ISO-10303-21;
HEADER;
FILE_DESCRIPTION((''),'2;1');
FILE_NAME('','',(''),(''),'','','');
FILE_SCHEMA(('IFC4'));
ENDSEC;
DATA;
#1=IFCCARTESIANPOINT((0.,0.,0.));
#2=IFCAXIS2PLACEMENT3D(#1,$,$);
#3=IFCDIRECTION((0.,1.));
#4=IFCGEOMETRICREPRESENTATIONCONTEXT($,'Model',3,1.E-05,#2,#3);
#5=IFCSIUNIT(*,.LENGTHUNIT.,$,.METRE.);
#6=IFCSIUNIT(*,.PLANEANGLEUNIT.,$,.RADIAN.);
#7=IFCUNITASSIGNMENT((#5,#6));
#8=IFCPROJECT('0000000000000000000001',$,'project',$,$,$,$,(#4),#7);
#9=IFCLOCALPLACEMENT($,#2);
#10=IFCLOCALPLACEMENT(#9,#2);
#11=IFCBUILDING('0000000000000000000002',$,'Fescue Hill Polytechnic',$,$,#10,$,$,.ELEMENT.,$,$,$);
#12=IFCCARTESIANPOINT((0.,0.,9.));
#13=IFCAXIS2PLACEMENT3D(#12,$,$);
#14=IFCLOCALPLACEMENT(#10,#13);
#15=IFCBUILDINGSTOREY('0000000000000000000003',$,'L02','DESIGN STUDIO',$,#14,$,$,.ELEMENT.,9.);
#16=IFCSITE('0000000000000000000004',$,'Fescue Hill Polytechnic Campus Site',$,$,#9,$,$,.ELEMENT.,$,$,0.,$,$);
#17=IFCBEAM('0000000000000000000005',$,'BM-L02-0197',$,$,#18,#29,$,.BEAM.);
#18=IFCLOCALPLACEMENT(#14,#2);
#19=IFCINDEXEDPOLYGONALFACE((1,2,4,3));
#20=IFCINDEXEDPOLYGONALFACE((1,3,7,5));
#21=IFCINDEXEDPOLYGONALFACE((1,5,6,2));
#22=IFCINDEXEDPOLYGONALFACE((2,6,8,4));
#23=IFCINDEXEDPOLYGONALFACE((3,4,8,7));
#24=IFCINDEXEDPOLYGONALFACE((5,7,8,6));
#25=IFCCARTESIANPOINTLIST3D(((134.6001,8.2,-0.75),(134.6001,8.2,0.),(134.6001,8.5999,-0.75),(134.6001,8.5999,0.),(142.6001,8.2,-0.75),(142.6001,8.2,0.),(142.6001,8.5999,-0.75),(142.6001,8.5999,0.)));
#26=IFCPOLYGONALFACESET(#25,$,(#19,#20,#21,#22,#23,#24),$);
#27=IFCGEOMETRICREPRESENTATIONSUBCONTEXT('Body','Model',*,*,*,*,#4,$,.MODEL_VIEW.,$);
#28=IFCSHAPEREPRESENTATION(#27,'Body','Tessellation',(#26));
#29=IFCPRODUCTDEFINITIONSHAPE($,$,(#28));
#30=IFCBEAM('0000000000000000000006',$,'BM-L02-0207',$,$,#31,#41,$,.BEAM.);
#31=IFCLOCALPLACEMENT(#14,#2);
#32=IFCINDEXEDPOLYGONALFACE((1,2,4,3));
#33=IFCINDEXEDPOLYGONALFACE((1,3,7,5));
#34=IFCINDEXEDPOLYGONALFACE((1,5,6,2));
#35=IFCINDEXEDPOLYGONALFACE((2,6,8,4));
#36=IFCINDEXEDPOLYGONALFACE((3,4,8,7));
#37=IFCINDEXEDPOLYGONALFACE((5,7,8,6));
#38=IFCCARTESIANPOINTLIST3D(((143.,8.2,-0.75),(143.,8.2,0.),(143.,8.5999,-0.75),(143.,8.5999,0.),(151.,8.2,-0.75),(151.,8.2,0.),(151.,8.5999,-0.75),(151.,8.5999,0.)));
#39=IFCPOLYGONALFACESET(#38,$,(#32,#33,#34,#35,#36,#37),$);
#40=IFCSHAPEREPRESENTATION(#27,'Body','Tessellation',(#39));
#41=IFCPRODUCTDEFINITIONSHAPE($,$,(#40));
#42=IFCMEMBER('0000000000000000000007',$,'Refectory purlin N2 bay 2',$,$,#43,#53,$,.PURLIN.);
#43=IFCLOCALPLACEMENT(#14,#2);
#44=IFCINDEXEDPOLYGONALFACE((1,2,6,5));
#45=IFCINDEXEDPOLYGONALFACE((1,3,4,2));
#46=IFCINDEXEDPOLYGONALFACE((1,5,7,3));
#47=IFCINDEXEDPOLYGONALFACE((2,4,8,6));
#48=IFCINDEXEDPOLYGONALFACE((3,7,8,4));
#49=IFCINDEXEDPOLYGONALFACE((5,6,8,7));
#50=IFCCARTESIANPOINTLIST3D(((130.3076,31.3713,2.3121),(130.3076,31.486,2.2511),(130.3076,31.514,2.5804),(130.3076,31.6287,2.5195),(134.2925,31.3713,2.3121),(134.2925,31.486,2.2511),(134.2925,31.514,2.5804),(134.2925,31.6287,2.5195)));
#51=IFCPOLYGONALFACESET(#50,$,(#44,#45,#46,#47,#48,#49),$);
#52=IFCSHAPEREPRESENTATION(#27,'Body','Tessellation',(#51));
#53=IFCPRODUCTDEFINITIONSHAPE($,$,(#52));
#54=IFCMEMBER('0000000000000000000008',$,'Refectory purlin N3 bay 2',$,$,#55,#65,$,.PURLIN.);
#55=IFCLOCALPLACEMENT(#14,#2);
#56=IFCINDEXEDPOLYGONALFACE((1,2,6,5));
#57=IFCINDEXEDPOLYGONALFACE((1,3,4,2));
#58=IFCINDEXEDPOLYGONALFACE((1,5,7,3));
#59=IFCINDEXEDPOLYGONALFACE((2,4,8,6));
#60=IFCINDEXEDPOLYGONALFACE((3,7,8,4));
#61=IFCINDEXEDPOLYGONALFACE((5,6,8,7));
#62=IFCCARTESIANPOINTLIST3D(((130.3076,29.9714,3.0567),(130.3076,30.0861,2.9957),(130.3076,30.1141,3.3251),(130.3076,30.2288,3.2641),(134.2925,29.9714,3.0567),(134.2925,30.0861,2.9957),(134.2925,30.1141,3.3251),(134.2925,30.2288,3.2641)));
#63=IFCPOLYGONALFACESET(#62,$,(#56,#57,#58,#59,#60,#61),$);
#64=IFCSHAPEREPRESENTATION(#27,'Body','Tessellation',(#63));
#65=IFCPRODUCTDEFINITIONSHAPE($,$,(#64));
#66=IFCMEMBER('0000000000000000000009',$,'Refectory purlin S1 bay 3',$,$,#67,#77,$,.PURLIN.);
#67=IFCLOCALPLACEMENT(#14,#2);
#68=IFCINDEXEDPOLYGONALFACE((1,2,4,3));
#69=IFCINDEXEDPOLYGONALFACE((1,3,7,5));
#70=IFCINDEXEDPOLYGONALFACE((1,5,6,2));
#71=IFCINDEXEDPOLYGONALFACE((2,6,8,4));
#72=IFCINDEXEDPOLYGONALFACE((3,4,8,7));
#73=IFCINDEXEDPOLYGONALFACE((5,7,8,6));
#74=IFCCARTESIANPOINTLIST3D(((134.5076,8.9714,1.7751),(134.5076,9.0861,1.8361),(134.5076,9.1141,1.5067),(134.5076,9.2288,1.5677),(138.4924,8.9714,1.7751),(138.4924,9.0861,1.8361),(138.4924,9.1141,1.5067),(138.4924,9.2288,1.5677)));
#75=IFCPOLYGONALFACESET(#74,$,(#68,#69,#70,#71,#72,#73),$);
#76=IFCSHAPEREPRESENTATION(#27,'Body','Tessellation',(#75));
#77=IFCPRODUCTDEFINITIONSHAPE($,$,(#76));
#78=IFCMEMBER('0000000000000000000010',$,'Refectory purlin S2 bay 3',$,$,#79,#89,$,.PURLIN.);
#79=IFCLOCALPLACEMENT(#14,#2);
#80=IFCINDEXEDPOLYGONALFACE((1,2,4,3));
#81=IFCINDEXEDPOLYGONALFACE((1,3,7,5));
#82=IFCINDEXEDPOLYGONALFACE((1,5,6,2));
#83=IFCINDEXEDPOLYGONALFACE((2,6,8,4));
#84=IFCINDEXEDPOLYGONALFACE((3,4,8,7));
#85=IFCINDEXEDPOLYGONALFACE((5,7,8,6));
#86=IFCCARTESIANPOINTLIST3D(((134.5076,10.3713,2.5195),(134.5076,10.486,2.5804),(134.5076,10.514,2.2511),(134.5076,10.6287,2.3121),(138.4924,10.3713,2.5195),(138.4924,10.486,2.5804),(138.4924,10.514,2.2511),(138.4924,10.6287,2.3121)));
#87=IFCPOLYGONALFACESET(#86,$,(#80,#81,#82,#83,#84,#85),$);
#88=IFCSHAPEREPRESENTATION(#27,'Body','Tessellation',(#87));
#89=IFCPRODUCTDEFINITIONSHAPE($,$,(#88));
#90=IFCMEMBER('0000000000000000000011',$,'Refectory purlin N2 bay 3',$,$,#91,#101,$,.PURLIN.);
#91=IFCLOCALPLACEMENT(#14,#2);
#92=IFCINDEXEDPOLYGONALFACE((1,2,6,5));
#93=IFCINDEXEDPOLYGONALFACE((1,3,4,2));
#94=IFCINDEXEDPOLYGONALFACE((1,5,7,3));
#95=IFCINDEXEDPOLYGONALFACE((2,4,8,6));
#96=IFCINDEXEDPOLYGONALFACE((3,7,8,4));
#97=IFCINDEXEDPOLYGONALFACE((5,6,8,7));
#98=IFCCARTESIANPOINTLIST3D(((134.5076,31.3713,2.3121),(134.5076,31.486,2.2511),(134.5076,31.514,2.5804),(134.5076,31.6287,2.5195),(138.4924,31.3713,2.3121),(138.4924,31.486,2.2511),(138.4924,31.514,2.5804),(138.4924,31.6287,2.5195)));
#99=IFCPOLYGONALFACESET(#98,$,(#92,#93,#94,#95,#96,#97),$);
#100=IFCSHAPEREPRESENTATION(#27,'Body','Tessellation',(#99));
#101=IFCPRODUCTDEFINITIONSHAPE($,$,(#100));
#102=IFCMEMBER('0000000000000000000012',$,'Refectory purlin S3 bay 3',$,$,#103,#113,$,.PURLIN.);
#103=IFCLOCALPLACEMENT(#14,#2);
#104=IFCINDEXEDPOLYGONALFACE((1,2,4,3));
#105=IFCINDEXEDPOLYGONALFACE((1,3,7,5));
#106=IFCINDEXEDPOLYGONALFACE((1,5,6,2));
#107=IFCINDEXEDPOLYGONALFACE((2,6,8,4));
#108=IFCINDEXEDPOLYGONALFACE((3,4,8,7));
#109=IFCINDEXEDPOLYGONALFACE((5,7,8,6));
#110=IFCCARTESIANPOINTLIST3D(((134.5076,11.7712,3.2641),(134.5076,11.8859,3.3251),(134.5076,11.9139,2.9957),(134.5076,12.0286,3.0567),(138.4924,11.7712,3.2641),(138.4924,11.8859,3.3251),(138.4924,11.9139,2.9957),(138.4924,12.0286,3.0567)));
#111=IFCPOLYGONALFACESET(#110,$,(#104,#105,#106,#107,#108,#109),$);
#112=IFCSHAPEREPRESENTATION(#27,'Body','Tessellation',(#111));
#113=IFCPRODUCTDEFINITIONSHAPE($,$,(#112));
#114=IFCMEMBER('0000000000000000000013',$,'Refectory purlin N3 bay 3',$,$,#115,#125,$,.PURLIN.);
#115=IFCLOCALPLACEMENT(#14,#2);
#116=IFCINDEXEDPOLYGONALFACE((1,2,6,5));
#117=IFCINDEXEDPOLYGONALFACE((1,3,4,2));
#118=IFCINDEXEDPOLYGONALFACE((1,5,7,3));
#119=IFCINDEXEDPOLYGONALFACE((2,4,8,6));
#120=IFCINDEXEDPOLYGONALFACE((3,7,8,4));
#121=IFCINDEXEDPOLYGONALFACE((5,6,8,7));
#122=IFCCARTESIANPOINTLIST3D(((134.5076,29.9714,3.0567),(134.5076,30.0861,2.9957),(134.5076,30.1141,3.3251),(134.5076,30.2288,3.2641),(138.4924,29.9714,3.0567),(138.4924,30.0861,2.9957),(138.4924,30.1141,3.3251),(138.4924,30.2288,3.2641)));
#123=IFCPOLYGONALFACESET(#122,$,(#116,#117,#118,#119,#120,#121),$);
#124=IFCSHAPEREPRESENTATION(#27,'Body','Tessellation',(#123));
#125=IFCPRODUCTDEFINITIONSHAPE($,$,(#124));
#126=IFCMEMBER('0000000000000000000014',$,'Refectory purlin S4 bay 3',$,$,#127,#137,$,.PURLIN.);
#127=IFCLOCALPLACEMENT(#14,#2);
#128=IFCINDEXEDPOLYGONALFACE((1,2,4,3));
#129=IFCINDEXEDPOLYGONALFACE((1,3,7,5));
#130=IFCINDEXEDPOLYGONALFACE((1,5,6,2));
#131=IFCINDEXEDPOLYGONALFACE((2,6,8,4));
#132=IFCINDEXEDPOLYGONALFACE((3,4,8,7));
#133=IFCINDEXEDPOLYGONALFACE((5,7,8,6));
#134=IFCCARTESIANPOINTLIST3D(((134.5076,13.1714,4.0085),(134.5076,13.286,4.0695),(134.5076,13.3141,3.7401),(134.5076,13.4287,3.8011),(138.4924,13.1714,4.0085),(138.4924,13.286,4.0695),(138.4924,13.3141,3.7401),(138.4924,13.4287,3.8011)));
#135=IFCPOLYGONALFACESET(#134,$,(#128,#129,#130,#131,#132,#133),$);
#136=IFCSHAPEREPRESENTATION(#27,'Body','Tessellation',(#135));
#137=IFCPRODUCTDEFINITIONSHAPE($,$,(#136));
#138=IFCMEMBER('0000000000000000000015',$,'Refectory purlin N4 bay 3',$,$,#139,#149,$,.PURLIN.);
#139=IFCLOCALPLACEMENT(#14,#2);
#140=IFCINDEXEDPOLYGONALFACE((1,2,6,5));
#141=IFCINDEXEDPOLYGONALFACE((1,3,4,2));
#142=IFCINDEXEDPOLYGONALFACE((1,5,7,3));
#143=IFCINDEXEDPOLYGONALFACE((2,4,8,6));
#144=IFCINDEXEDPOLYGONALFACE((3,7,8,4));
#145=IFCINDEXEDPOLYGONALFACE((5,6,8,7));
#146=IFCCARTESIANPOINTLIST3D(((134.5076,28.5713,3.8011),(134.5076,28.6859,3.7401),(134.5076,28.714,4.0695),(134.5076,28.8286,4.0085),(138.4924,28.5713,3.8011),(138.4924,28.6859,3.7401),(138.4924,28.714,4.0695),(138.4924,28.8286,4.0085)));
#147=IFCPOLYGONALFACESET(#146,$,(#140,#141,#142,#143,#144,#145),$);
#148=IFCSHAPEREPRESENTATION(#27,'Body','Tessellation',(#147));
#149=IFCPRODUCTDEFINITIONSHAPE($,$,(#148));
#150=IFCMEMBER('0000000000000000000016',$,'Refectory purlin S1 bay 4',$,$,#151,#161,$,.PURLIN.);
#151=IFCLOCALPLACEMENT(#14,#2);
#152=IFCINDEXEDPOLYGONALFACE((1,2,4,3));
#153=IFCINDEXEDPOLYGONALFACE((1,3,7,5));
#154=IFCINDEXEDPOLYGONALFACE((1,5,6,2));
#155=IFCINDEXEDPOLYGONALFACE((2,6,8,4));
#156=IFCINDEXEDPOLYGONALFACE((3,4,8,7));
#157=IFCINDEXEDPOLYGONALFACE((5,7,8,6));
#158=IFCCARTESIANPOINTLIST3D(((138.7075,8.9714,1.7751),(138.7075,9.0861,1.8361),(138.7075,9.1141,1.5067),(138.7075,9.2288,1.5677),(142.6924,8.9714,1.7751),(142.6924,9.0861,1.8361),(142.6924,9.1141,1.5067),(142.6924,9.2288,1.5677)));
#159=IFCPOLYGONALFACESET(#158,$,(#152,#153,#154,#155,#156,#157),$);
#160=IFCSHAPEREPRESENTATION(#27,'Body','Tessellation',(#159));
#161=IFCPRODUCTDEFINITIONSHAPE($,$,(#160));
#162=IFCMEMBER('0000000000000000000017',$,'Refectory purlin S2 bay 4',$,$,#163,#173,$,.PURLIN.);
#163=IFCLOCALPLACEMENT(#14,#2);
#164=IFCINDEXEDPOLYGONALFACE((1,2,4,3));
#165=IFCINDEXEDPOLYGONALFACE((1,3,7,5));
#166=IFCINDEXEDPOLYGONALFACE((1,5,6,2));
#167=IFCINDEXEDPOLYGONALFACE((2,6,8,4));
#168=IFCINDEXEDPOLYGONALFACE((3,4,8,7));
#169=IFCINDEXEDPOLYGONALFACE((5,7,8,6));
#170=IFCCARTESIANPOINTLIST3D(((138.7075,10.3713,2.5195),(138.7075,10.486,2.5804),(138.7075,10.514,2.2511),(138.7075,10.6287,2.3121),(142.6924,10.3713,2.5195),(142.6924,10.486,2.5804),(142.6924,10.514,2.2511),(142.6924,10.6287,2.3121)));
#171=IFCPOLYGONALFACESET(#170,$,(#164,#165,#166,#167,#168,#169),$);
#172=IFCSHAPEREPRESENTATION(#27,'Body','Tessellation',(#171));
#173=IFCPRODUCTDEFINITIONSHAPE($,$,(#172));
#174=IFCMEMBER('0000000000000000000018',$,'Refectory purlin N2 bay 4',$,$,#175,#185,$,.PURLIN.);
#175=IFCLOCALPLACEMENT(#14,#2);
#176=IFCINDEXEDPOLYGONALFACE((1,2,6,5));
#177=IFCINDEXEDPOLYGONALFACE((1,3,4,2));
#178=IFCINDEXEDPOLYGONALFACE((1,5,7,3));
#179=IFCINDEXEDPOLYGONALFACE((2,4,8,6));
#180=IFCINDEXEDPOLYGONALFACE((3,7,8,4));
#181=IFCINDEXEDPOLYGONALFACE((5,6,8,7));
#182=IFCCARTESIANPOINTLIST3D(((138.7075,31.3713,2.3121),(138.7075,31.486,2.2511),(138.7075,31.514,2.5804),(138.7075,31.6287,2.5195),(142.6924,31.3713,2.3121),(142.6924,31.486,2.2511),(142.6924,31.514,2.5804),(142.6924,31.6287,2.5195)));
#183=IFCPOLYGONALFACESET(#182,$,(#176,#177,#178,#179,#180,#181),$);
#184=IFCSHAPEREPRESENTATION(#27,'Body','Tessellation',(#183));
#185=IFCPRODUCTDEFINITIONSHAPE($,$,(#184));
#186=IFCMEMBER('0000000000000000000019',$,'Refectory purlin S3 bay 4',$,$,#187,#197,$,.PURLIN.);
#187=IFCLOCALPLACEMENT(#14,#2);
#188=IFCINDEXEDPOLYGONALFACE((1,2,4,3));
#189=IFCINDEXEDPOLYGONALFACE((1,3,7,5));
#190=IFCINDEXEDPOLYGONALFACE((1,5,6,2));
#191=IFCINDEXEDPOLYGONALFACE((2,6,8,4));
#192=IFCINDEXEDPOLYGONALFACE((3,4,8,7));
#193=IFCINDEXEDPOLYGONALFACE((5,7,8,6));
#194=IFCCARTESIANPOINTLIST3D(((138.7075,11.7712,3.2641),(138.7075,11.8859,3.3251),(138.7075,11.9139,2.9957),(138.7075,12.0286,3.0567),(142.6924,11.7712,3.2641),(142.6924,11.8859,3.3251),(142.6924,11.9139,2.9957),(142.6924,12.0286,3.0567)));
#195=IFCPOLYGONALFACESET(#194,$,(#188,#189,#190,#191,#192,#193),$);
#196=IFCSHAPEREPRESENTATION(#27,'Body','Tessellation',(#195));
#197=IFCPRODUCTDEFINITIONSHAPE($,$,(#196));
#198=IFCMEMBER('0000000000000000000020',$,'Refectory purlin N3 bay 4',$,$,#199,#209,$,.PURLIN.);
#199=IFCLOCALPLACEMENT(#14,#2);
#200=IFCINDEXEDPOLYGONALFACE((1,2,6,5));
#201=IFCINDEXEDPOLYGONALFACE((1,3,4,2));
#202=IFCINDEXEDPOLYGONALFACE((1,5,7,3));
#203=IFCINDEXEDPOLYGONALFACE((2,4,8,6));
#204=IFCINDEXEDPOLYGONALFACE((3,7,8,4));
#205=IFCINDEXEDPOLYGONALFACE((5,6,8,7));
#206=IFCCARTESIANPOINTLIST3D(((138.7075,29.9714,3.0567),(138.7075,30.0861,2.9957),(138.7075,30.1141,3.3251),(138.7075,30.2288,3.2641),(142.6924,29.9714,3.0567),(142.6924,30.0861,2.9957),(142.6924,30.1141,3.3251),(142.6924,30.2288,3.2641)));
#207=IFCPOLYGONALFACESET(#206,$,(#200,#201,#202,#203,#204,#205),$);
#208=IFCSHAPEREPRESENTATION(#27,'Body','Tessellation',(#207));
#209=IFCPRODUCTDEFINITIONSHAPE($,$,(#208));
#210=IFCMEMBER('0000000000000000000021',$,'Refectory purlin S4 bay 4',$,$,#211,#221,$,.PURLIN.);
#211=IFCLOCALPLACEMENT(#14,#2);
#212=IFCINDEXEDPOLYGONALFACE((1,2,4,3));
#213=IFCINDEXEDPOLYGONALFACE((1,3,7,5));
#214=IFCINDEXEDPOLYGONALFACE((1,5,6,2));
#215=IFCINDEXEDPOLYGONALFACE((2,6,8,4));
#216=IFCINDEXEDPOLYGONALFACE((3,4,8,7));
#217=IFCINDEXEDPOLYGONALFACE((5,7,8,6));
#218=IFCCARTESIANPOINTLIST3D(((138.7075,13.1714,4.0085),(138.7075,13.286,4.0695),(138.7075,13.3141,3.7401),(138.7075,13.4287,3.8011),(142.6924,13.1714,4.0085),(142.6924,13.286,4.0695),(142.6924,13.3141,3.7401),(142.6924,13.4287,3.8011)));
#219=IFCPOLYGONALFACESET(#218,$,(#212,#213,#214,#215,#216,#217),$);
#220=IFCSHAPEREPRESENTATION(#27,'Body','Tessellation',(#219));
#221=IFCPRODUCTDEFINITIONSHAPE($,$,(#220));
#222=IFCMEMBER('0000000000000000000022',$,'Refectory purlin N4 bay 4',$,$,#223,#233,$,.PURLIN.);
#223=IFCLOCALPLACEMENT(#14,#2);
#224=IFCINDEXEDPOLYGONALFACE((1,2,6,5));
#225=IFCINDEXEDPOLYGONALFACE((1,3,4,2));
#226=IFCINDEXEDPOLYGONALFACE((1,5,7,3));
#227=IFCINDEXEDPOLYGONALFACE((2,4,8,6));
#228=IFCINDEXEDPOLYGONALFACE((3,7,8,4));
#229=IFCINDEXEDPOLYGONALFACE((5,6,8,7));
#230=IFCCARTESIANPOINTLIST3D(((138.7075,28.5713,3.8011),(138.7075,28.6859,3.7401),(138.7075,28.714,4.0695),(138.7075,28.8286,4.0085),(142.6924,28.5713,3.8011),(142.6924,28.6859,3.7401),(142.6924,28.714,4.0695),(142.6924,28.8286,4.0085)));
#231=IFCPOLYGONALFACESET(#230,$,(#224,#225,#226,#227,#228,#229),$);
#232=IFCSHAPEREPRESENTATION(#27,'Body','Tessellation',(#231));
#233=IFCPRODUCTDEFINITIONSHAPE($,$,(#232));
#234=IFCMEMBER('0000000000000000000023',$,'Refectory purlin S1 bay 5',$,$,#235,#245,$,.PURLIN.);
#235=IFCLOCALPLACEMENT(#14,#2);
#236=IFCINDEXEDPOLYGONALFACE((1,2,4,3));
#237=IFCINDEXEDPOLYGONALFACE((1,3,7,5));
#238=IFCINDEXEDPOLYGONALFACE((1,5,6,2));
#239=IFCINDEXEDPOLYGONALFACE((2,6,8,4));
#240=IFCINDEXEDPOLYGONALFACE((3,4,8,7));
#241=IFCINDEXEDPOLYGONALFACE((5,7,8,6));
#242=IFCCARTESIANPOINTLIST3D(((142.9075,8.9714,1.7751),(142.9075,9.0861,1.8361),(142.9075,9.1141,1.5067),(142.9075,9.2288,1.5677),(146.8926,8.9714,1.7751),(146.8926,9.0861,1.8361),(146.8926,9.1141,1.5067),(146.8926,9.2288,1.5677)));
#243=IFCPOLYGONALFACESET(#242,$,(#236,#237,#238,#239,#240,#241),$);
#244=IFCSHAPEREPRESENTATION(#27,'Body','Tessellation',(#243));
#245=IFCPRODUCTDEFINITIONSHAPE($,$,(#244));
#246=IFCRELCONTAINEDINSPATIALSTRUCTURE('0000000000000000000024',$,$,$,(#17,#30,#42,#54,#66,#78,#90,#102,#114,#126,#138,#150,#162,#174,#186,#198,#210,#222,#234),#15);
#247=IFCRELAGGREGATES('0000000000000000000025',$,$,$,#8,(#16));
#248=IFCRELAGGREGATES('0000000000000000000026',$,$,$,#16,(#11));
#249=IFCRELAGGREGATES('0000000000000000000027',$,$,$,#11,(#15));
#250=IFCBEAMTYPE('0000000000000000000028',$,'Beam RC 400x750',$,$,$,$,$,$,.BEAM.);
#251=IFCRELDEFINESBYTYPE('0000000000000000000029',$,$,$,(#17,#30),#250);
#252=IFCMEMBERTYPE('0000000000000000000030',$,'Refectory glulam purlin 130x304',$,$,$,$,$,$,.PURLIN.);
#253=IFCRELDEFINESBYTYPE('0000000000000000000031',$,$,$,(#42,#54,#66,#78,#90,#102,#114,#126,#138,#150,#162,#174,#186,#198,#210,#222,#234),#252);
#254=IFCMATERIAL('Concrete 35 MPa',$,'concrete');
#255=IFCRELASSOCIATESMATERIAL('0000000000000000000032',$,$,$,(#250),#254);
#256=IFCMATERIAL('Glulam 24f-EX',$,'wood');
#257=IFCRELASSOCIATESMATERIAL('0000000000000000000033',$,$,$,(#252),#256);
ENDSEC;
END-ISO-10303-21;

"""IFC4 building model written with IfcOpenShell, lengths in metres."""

from ifc_helpers import new_model, si_unit, direction, frame, origin, origin_2d, place, context, subcontext, project, spatial, rectangle, extrude, material, material_profile, profile_set, type_object, element, save


model = new_model("IFC4")

# Units and contexts
model_context = context("Model", 3, precision=1e-05, world=origin(), true_north=direction((0.0, 1.0)))
body_context = subcontext(model_context, "Body", "Model", "MODEL_VIEW")
ifc_project = project(units=[si_unit("LENGTHUNIT", "METRE"), si_unit("PLANEANGLEUNIT", "RADIAN")], contexts=[model_context])

# Site, building, storey
site_placement = place(None, origin())
site = spatial("IfcSite", under=ifc_project, at=site_placement, Name="Fescue Hill Polytechnic Campus Site", CompositionType="ELEMENT", RefElevation=0.0)
building_placement = place(site_placement, origin())
building = spatial("IfcBuilding", under=site, at=building_placement, Name="Fescue Hill Polytechnic", CompositionType="ELEMENT")
storey_placement = place(building_placement, frame((0.0, 0.0, 9.0)))
storey = spatial("IfcBuildingStorey", under=building, at=storey_placement, Name="L02", Description="DESIGN STUDIO", CompositionType="ELEMENT", Elevation=9.0)

# Beams
ifc_material_1 = material(Name="Concrete 35 MPa", Category="concrete")
ifc_material_profile_1 = material_profile(ifc_material_1, rectangle(XDim=0.3999, YDim=0.75, at=origin_2d()), Name="RC 400x750")
ifc_profile_set_1 = profile_set([ifc_material_profile_1], Name="Concrete 35 MPa")
beam_type_1 = type_object("IfcBeamType", Name="Beam RC 400x750", PredefinedType="BEAM", material=ifc_profile_set_1)
for number, where, z_axis, x_axis, name in (
    (1, (134.6001, 8.3999, -0.375), (1.0, 0.0, 0.0), (0.0, 1.0, 0.0), "BM-L02-0197"),
    (2, (143.0, 8.3999, -0.375), (1.0, 0.0, 0.0), (0.0, 1.0, 0.0), "BM-L02-0207"),
):
    element("IfcBeam", number, at=place(storey_placement, frame(where, z_axis=z_axis, x_axis=x_axis)), inside=storey, type_object=beam_type_1, Name=name, PredefinedType="BEAM", context=body_context, shape_type="SweptSolid", body=[
        extrude(rectangle(XDim=0.3999, YDim=0.75, at=origin_2d()), origin(), (0.0, 0.0, 1.0), 8.0),
    ])

# Members
ifc_material_2 = material(Name="Glulam 24f-EX", Category="wood")
ifc_material_profile_2 = material_profile(ifc_material_2, rectangle(XDim=0.1299, YDim=0.304, at=origin_2d()), Name="Refectory glulam purlin 130x304")
ifc_profile_set_2 = profile_set([ifc_material_profile_2], Name="Glulam 24f-EX")
member_type_1 = type_object("IfcMemberType", Name="Refectory glulam purlin 130x304", PredefinedType="PURLIN", material=ifc_profile_set_2)
for number, where, z_axis, x_axis, name in (
    (3, (130.3076, 31.5, 2.4158), (1.0, 0.0, 0.0), (0.0, 0.882934, -0.469497), "Refectory purlin N2 bay 2"),
    (4, (130.3076, 30.1001, 3.1604), (1.0, 0.0, 0.0), (0.0, 0.882934, -0.469497), "Refectory purlin N3 bay 2"),
    (5, (134.5076, 9.1001, 1.6714), (1.0, 0.0, 0.0), (0.0, 0.882934, 0.469497), "Refectory purlin S1 bay 3"),
    (6, (134.5076, 10.5, 2.4158), (1.0, 0.0, 0.0), (0.0, 0.882934, 0.469497), "Refectory purlin S2 bay 3"),
    (7, (134.5076, 31.5, 2.4158), (1.0, 0.0, 0.0), (0.0, 0.882934, -0.469497), "Refectory purlin N2 bay 3"),
    (8, (134.5076, 11.8999, 3.1604), (1.0, 0.0, 0.0), (0.0, 0.882934, 0.469497), "Refectory purlin S3 bay 3"),
    (9, (134.5076, 30.1001, 3.1604), (1.0, 0.0, 0.0), (0.0, 0.882934, -0.469497), "Refectory purlin N3 bay 3"),
    (10, (134.5076, 13.3, 3.9048), (1.0, 0.0, 0.0), (0.0, 0.882934, 0.469497), "Refectory purlin S4 bay 3"),
    (11, (134.5076, 28.7, 3.9048), (1.0, 0.0, 0.0), (0.0, 0.882934, -0.469497), "Refectory purlin N4 bay 3"),
    (12, (138.7075, 9.1001, 1.6714), (1.0, 0.0, 0.0), (0.0, 0.882934, 0.469497), "Refectory purlin S1 bay 4"),
    (13, (138.7075, 10.5, 2.4158), (1.0, 0.0, 0.0), (0.0, 0.882934, 0.469497), "Refectory purlin S2 bay 4"),
    (14, (138.7075, 31.5, 2.4158), (1.0, 0.0, 0.0), (0.0, 0.882934, -0.469497), "Refectory purlin N2 bay 4"),
    (15, (138.7075, 11.8999, 3.1604), (1.0, 0.0, 0.0), (0.0, 0.882934, 0.469497), "Refectory purlin S3 bay 4"),
    (16, (138.7075, 30.1001, 3.1604), (1.0, 0.0, 0.0), (0.0, 0.882934, -0.469497), "Refectory purlin N3 bay 4"),
    (17, (138.7075, 13.3, 3.9048), (1.0, 0.0, 0.0), (0.0, 0.882934, 0.469497), "Refectory purlin S4 bay 4"),
    (18, (138.7075, 28.7, 3.9048), (1.0, 0.0, 0.0), (0.0, 0.882934, -0.469497), "Refectory purlin N4 bay 4"),
):
    element("IfcMember", number, at=place(storey_placement, frame(where, z_axis=z_axis, x_axis=x_axis)), inside=storey, type_object=member_type_1, Name=name, PredefinedType="PURLIN", context=body_context, shape_type="SweptSolid", body=[
        extrude(rectangle(XDim=0.1299, YDim=0.304, at=origin_2d()), origin(), (0.0, 0.0, 1.0), 3.9849),
    ])
for number, where, z_axis, x_axis, name in (
    (19, (142.9075, 9.1001, 1.6714), (1.0, 0.0, 0.0), (0.0, 0.882934, 0.469497), "Refectory purlin S1 bay 5"),
):
    element("IfcMember", number, at=place(storey_placement, frame(where, z_axis=z_axis, x_axis=x_axis)), inside=storey, type_object=member_type_1, Name=name, PredefinedType="PURLIN", context=body_context, shape_type="SweptSolid", body=[
        extrude(rectangle(XDim=0.1299, YDim=0.304, at=origin_2d()), origin(), (0.0, 0.0, 1.0), 3.9851),
    ])

save(model, "model.ifc")
